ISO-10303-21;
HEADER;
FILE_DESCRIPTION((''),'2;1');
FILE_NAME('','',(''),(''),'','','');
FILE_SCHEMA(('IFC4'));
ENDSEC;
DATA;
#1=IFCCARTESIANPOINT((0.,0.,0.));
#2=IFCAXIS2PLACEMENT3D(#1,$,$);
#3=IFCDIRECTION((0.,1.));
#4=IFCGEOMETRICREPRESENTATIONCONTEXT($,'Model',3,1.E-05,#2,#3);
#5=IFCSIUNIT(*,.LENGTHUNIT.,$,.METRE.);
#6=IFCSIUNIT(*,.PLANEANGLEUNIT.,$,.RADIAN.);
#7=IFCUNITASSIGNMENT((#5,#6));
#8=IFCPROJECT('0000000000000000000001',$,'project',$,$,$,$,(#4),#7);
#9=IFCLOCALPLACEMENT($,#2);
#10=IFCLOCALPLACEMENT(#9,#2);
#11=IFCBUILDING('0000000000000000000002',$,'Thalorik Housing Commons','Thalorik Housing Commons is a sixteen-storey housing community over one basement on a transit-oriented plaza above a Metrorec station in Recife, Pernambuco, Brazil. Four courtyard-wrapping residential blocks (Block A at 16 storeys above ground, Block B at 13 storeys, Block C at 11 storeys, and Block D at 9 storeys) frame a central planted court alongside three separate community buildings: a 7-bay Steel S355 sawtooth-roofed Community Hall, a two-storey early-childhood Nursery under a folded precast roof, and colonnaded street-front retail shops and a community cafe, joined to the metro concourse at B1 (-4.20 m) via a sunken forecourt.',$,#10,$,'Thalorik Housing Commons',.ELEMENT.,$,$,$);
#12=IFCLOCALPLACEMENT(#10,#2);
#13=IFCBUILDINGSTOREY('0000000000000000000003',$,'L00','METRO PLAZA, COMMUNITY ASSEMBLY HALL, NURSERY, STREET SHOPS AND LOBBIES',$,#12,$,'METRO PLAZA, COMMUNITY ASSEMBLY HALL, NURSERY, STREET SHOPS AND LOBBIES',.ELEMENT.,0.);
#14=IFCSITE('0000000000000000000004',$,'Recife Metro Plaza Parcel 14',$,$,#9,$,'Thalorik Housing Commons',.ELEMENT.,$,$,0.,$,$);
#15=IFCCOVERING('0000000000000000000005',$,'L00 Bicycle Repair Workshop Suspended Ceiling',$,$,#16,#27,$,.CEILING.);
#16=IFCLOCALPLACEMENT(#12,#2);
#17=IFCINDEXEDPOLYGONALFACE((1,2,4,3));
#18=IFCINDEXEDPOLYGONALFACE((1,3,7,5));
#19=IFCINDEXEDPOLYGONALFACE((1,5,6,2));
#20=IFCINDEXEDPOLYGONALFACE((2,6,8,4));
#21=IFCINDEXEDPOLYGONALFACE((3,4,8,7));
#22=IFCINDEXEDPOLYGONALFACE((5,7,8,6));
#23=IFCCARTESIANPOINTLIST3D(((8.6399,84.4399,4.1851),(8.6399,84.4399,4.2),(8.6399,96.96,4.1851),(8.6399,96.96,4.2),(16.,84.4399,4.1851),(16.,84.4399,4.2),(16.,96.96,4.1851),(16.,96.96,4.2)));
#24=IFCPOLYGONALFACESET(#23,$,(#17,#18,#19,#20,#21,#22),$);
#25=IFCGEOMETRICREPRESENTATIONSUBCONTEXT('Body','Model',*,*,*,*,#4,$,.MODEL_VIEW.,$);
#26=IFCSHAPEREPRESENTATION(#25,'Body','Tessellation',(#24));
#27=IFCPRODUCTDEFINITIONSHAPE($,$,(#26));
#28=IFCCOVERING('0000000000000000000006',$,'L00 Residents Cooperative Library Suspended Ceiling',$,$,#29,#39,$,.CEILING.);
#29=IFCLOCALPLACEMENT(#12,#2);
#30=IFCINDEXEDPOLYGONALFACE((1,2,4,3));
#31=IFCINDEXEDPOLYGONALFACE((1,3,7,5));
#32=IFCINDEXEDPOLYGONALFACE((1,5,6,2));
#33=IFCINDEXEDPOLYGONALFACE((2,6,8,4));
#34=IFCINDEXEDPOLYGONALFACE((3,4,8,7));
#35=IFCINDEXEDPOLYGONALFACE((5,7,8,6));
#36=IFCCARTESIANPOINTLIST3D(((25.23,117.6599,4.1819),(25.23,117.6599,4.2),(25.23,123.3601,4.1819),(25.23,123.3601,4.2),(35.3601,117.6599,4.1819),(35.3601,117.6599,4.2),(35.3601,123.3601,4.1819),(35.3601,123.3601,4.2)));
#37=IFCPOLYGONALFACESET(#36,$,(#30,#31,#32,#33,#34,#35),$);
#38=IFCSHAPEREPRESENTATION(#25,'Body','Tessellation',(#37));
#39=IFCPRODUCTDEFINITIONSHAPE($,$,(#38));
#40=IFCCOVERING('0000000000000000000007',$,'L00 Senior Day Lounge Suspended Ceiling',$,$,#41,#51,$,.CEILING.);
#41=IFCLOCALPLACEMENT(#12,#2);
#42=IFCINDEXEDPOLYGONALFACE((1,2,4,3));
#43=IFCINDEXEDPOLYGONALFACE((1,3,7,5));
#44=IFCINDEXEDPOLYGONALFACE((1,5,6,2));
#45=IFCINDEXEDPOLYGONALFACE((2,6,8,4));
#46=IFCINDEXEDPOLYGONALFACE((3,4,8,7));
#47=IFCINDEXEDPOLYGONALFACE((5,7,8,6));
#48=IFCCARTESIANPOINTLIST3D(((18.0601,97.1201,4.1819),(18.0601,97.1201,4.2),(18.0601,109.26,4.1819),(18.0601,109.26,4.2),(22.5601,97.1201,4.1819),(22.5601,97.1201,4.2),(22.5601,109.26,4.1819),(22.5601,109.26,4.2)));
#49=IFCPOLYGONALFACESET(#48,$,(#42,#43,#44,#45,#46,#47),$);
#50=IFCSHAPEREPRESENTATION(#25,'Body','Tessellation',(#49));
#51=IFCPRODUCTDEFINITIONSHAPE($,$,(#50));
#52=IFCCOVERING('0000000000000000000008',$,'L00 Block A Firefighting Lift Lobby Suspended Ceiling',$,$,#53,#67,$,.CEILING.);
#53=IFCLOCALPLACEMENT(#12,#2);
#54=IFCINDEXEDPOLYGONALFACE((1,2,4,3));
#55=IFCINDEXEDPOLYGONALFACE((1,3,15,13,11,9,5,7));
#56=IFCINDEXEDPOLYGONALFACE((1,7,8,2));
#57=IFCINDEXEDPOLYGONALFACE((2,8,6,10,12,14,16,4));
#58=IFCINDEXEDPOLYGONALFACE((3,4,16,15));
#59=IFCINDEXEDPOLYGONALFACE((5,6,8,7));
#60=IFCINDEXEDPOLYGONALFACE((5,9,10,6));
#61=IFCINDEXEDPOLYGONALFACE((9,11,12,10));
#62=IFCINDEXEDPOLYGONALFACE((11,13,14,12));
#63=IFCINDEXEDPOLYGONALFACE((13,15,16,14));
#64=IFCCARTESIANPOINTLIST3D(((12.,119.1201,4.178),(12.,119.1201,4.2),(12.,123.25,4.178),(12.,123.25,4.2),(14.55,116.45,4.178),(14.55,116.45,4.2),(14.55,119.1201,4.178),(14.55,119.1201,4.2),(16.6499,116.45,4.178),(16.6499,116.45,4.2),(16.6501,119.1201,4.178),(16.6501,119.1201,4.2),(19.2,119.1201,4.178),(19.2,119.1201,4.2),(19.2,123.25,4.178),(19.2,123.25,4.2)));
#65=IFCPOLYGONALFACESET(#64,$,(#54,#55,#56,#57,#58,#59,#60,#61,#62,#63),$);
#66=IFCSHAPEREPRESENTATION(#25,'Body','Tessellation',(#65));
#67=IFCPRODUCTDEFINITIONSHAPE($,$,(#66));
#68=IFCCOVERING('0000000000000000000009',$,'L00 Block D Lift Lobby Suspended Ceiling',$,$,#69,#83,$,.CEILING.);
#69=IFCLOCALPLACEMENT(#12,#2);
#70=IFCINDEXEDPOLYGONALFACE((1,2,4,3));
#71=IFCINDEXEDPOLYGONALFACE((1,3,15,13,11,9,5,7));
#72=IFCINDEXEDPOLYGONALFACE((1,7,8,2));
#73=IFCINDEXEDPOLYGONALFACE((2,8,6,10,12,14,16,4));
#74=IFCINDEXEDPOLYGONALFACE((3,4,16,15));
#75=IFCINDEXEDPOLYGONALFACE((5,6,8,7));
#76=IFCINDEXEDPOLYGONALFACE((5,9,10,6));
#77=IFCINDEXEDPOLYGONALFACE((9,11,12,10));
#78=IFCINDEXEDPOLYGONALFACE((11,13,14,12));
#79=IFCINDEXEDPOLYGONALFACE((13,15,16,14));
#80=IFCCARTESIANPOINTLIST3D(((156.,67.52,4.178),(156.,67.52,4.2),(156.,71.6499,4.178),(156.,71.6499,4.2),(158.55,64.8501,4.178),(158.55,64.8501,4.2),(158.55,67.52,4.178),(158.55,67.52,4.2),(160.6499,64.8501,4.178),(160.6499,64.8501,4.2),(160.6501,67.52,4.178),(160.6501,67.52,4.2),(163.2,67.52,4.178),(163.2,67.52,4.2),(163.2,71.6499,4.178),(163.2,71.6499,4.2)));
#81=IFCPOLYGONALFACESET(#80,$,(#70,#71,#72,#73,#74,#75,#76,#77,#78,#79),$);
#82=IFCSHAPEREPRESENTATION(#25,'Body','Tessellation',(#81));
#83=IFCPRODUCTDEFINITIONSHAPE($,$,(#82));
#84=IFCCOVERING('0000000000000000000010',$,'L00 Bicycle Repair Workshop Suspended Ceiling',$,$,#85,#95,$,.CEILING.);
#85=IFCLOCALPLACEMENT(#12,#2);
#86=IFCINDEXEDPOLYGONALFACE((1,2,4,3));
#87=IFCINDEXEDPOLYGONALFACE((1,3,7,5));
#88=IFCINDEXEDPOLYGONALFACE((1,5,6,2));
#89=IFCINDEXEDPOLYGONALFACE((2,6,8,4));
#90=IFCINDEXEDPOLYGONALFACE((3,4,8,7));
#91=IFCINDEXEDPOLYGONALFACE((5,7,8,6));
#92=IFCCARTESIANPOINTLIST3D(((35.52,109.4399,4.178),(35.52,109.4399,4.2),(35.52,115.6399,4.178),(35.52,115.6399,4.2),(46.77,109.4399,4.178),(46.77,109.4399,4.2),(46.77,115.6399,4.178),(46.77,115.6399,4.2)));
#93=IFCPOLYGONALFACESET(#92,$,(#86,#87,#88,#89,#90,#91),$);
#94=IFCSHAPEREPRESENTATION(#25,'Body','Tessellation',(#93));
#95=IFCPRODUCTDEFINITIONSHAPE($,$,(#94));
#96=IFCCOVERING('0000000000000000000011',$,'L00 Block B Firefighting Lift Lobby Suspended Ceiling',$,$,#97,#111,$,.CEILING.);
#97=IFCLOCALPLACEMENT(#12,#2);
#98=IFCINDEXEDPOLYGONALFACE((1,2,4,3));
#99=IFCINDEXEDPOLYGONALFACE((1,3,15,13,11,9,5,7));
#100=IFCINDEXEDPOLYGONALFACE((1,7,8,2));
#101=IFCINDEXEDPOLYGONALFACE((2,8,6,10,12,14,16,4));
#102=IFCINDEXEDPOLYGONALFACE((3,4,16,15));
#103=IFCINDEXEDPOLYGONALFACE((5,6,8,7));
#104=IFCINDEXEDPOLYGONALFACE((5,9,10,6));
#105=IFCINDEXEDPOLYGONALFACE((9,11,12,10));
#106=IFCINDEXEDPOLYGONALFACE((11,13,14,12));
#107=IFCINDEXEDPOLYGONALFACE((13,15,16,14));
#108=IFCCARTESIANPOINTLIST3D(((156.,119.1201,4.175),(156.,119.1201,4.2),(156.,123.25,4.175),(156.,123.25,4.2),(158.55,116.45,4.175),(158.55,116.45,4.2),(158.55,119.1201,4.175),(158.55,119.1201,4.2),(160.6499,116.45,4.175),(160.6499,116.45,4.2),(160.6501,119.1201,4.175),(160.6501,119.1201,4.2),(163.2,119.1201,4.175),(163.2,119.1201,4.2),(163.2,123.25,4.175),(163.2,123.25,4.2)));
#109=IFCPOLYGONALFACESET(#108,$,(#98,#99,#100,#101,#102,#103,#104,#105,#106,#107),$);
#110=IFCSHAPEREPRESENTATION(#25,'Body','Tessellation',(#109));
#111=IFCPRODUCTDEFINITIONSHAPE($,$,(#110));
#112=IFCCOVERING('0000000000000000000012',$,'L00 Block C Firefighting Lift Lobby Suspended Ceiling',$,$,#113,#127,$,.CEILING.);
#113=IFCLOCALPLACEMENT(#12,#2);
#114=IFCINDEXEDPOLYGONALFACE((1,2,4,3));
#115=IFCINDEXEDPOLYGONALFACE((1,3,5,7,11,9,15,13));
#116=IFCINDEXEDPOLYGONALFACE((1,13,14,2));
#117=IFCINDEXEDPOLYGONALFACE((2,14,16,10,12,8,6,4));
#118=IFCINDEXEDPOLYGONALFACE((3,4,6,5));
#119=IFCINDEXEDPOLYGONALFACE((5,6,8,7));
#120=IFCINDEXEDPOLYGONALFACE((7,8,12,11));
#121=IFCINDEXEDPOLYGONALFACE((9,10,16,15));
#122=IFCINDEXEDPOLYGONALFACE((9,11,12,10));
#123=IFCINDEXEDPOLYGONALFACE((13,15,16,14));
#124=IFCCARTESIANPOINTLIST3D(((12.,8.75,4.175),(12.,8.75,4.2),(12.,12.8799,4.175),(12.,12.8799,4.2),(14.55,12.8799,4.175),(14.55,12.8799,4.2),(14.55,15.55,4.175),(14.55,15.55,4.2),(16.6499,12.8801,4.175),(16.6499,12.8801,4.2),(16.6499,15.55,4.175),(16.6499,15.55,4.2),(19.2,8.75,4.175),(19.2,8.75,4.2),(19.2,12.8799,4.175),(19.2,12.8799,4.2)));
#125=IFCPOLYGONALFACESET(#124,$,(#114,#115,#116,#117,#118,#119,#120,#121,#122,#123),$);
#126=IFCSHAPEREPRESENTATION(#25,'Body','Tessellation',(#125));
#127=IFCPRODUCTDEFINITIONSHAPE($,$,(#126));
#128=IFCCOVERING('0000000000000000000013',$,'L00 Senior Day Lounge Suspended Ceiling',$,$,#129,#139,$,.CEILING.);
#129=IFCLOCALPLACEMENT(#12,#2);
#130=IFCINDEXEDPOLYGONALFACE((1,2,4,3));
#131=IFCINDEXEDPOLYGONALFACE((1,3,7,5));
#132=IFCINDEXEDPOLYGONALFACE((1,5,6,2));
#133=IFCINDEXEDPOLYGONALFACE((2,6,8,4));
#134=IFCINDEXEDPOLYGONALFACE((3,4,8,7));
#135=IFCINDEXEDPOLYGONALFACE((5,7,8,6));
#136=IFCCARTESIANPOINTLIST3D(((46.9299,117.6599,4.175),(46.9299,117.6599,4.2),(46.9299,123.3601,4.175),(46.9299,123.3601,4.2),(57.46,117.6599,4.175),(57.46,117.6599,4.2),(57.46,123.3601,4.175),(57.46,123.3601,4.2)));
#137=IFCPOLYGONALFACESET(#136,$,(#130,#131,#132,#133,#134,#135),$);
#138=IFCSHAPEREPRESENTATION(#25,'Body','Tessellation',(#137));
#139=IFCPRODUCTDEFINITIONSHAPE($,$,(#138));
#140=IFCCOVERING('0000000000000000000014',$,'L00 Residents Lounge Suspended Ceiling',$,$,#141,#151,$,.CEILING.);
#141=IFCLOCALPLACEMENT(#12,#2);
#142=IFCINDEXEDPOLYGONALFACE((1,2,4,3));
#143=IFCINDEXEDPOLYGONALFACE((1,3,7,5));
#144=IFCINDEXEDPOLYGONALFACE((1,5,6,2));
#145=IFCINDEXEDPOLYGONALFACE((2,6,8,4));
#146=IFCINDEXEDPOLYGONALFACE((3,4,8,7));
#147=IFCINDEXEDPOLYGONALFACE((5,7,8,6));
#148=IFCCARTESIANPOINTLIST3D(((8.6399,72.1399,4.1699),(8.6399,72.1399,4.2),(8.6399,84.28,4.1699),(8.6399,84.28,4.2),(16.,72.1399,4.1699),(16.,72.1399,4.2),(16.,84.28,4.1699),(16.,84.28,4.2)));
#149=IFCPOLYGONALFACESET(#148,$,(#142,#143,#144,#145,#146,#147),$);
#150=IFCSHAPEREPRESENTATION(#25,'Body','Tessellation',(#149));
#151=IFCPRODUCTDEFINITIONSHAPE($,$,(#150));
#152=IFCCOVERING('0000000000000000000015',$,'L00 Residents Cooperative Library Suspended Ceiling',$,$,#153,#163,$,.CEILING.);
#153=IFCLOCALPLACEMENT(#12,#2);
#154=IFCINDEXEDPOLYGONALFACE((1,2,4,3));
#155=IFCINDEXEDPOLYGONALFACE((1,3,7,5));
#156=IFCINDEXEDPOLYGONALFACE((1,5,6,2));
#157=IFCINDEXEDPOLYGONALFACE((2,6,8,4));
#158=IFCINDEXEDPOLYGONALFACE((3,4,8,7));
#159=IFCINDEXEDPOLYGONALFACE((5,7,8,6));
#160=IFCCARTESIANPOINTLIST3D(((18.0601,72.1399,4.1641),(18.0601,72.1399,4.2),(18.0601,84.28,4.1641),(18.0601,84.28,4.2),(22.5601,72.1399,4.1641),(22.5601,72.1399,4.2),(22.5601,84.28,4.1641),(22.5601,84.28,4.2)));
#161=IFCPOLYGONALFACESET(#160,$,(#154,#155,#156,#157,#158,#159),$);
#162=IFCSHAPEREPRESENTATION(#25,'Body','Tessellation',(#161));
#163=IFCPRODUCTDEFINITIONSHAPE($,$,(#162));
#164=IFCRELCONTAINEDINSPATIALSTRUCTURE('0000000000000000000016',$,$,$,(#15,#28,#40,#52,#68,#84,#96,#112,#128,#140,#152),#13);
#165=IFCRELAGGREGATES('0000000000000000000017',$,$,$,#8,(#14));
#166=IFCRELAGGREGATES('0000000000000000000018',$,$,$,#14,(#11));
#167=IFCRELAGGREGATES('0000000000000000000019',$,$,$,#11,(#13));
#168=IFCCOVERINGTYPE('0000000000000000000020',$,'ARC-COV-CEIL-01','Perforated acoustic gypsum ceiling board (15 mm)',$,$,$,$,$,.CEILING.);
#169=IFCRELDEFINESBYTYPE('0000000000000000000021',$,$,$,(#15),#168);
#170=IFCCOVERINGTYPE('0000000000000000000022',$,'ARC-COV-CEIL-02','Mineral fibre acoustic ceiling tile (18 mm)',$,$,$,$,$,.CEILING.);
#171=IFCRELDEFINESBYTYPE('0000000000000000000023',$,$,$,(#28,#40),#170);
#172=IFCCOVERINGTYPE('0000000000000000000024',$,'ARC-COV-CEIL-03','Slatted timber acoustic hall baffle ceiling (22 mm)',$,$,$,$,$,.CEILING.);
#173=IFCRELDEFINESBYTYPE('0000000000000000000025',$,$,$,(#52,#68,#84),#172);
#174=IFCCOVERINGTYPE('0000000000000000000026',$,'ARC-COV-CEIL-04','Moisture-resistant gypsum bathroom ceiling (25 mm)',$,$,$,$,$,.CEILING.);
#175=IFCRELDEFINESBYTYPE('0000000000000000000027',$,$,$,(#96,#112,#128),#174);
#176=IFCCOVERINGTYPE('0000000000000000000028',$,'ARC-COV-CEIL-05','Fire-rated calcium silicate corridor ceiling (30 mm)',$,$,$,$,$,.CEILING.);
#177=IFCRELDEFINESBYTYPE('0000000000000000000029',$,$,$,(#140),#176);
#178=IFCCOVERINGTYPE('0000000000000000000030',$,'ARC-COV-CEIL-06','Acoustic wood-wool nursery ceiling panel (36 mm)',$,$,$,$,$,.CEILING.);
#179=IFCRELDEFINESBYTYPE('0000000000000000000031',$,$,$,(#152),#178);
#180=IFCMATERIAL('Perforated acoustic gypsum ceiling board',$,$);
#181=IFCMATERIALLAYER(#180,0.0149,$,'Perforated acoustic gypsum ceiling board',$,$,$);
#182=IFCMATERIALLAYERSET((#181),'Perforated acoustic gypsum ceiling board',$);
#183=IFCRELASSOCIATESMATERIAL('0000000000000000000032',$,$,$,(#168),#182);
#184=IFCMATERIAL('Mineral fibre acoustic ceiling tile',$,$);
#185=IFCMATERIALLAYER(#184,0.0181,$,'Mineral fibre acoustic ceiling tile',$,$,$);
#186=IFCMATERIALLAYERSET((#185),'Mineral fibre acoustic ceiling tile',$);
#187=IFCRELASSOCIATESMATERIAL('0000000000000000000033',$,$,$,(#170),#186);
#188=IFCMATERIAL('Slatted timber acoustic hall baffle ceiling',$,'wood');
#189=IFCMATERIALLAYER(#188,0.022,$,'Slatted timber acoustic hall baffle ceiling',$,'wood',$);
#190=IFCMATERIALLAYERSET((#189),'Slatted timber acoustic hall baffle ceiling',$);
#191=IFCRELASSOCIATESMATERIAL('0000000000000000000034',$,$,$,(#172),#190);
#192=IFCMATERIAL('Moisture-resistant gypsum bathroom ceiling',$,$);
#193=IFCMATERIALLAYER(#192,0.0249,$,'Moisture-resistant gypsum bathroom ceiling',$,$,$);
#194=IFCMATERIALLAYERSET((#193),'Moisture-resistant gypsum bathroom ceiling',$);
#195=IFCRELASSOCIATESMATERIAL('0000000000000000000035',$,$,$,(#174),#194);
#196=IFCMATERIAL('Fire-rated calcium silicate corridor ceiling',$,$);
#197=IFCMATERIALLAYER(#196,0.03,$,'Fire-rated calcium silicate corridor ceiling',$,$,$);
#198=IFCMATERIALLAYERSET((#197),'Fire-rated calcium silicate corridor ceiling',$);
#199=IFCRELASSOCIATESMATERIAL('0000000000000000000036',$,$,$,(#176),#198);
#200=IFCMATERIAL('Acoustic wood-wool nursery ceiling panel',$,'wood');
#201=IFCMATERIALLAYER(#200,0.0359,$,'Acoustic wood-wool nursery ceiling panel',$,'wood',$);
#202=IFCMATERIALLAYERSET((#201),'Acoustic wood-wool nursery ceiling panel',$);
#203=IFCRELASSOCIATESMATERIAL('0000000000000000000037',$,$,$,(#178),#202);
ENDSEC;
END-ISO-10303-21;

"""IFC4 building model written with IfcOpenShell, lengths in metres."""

from ifc_helpers import new_model, si_unit, direction, frame, origin, place, context, subcontext, project, spatial, polyline, outline, extrude, material, layer, layer_set, type_object, element, save


model = new_model("IFC4")

# Units and contexts
model_context = context("Model", 3, precision=1e-05, world=origin(), true_north=direction((0.0, 1.0)))
body_context = subcontext(model_context, "Body", "Model", "MODEL_VIEW")
ifc_project = project(units=[si_unit("LENGTHUNIT", "METRE"), si_unit("PLANEANGLEUNIT", "RADIAN")], contexts=[model_context])

# Site, building, storey
site_placement = place(None, origin())
site = spatial("IfcSite", under=ifc_project, at=site_placement, Name="Recife Metro Plaza Parcel 14", LongName="Thalorik Housing Commons", CompositionType="ELEMENT", RefElevation=0.0)
building_placement = place(site_placement, origin())
building = spatial("IfcBuilding", under=site, at=building_placement, Name="Thalorik Housing Commons", Description="Thalorik Housing Commons is a sixteen-storey housing community over one basement on a transit-oriented plaza above a Metrorec station in Recife, Pernambuco, Brazil. Four courtyard-wrapping residential blocks (Block A at 16 storeys above ground, Block B at 13 storeys, Block C at 11 storeys, and Block D at 9 storeys) frame a central planted court alongside three separate community buildings: a 7-bay Steel S355 sawtooth-roofed Community Hall, a two-storey early-childhood Nursery under a folded precast roof, and colonnaded street-front retail shops and a community cafe, joined to the metro concourse at B1 (-4.20 m) via a sunken forecourt.", LongName="Thalorik Housing Commons", CompositionType="ELEMENT")
storey_placement = place(building_placement, origin())
storey = spatial("IfcBuildingStorey", under=building, at=storey_placement, Name="L00", Description="METRO PLAZA, COMMUNITY ASSEMBLY HALL, NURSERY, STREET SHOPS AND LOBBIES", LongName="METRO PLAZA, COMMUNITY ASSEMBLY HALL, NURSERY, STREET SHOPS AND LOBBIES", CompositionType="ELEMENT", Elevation=0.0)

# Coverings
ifc_material_1 = material(Name="Perforated acoustic gypsum ceiling board")
ifc_layer_1 = layer(ifc_material_1, 0.0149, Name="Perforated acoustic gypsum ceiling board")
ifc_layer_set_1 = layer_set([ifc_layer_1], Name="Perforated acoustic gypsum ceiling board")
covering_type_1 = type_object("IfcCoveringType", Name="ARC-COV-CEIL-01", Description="Perforated acoustic gypsum ceiling board (15 mm)", PredefinedType="CEILING", material=ifc_layer_set_1)
covering_1_placement = place(storey_placement, frame((0.0, 0.0, 4.1851)))
element("IfcCovering", 1, at=covering_1_placement, inside=storey, type_object=covering_type_1, Name="L00 Bicycle Repair Workshop Suspended Ceiling", PredefinedType="CEILING", context=body_context, shape_type="SweptSolid", body=[
    extrude(outline(polyline([(16.0, 96.96), (8.6399, 96.96), (8.6399, 84.4399), (16.0, 84.4399), (16.0, 96.96)])), origin(), (0.0, 0.0, 1.0), 0.0149),
])
ifc_material_2 = material(Name="Mineral fibre acoustic ceiling tile")
ifc_layer_2 = layer(ifc_material_2, 0.0181, Name="Mineral fibre acoustic ceiling tile")
ifc_layer_set_2 = layer_set([ifc_layer_2], Name="Mineral fibre acoustic ceiling tile")
covering_type_2 = type_object("IfcCoveringType", Name="ARC-COV-CEIL-02", Description="Mineral fibre acoustic ceiling tile (18 mm)", PredefinedType="CEILING", material=ifc_layer_set_2)
covering_2_placement = place(storey_placement, frame((0.0, 0.0, 4.1819)))
element("IfcCovering", 2, at=covering_2_placement, inside=storey, type_object=covering_type_2, Name="L00 Residents Cooperative Library Suspended Ceiling", PredefinedType="CEILING", context=body_context, shape_type="SweptSolid", body=[
    extrude(outline(polyline([(35.3601, 117.6599), (35.3601, 123.3601), (25.23, 123.3601), (25.23, 117.6599), (35.3601, 117.6599)])), origin(), (0.0, 0.0, 1.0), 0.0181),
])
covering_3_placement = place(storey_placement, frame((0.0, 0.0, 4.1819)))
element("IfcCovering", 3, at=covering_3_placement, inside=storey, type_object=covering_type_2, Name="L00 Senior Day Lounge Suspended Ceiling", PredefinedType="CEILING", context=body_context, shape_type="SweptSolid", body=[
    extrude(outline(polyline([(22.5601, 109.26), (18.0601, 109.26), (18.0601, 97.1201), (22.5601, 97.1201), (22.5601, 109.26)])), origin(), (0.0, 0.0, 1.0), 0.0181),
])
ifc_material_3 = material(Name="Slatted timber acoustic hall baffle ceiling", Category="wood")
ifc_layer_3 = layer(ifc_material_3, 0.022, Name="Slatted timber acoustic hall baffle ceiling", Category="wood")
ifc_layer_set_3 = layer_set([ifc_layer_3], Name="Slatted timber acoustic hall baffle ceiling")
covering_type_3 = type_object("IfcCoveringType", Name="ARC-COV-CEIL-03", Description="Slatted timber acoustic hall baffle ceiling (22 mm)", PredefinedType="CEILING", material=ifc_layer_set_3)
covering_4_placement = place(storey_placement, frame((0.0, 0.0, 4.178)))
element("IfcCovering", 4, at=covering_4_placement, inside=storey, type_object=covering_type_3, Name="L00 Block A Firefighting Lift Lobby Suspended Ceiling", PredefinedType="CEILING", context=body_context, shape_type="SweptSolid", body=[
    extrude(outline(polyline([(14.55, 116.45), (16.6499, 116.45), (16.6501, 119.1201), (19.2, 119.1201), (19.2, 123.25), (12.0, 123.25), (12.0, 119.1201), (14.55, 119.1201), (14.55, 116.45)])), origin(), (0.0, 0.0, 1.0), 0.022),
])
covering_5_placement = place(storey_placement, frame((0.0, 0.0, 4.178)))
element("IfcCovering", 5, at=covering_5_placement, inside=storey, type_object=covering_type_3, Name="L00 Block D Lift Lobby Suspended Ceiling", PredefinedType="CEILING", context=body_context, shape_type="SweptSolid", body=[
    extrude(outline(polyline([(158.55, 64.8501), (160.6499, 64.8501), (160.6501, 67.52), (163.2, 67.52), (163.2, 71.6499), (156.0, 71.6499), (156.0, 67.52), (158.55, 67.52), (158.55, 64.8501)])), origin(), (0.0, 0.0, 1.0), 0.022),
])
covering_6_placement = place(storey_placement, frame((0.0, 0.0, 4.178)))
element("IfcCovering", 6, at=covering_6_placement, inside=storey, type_object=covering_type_3, Name="L00 Bicycle Repair Workshop Suspended Ceiling", PredefinedType="CEILING", context=body_context, shape_type="SweptSolid", body=[
    extrude(outline(polyline([(46.77, 109.4399), (46.77, 115.6399), (35.52, 115.6399), (35.52, 109.4399), (46.77, 109.4399)])), origin(), (0.0, 0.0, 1.0), 0.022),
])
ifc_material_4 = material(Name="Moisture-resistant gypsum bathroom ceiling")
ifc_layer_4 = layer(ifc_material_4, 0.0249, Name="Moisture-resistant gypsum bathroom ceiling")
ifc_layer_set_4 = layer_set([ifc_layer_4], Name="Moisture-resistant gypsum bathroom ceiling")
covering_type_4 = type_object("IfcCoveringType", Name="ARC-COV-CEIL-04", Description="Moisture-resistant gypsum bathroom ceiling (25 mm)", PredefinedType="CEILING", material=ifc_layer_set_4)
covering_7_placement = place(storey_placement, frame((0.0, 0.0, 4.175)))
element("IfcCovering", 7, at=covering_7_placement, inside=storey, type_object=covering_type_4, Name="L00 Block B Firefighting Lift Lobby Suspended Ceiling", PredefinedType="CEILING", context=body_context, shape_type="SweptSolid", body=[
    extrude(outline(polyline([(158.55, 116.45), (160.6499, 116.45), (160.6501, 119.1201), (163.2, 119.1201), (163.2, 123.25), (156.0, 123.25), (156.0, 119.1201), (158.55, 119.1201), (158.55, 116.45)])), origin(), (0.0, 0.0, 1.0), 0.0249),
])
covering_8_placement = place(storey_placement, frame((0.0, 0.0, 4.175)))
element("IfcCovering", 8, at=covering_8_placement, inside=storey, type_object=covering_type_4, Name="L00 Block C Firefighting Lift Lobby Suspended Ceiling", PredefinedType="CEILING", context=body_context, shape_type="SweptSolid", body=[
    extrude(outline(polyline([(12.0, 12.8799), (12.0, 8.75), (19.2, 8.75), (19.2, 12.8799), (16.6499, 12.8801), (16.6499, 15.55), (14.55, 15.55), (14.55, 12.8799), (12.0, 12.8799)])), origin(), (0.0, 0.0, 1.0), 0.0249),
])
covering_9_placement = place(storey_placement, frame((0.0, 0.0, 4.175)))
element("IfcCovering", 9, at=covering_9_placement, inside=storey, type_object=covering_type_4, Name="L00 Senior Day Lounge Suspended Ceiling", PredefinedType="CEILING", context=body_context, shape_type="SweptSolid", body=[
    extrude(outline(polyline([(57.46, 117.6599), (57.46, 123.3601), (46.9299, 123.3601), (46.9299, 117.6599), (57.46, 117.6599)])), origin(), (0.0, 0.0, 1.0), 0.0249),
])
ifc_material_5 = material(Name="Fire-rated calcium silicate corridor ceiling")
ifc_layer_5 = layer(ifc_material_5, 0.03, Name="Fire-rated calcium silicate corridor ceiling")
ifc_layer_set_5 = layer_set([ifc_layer_5], Name="Fire-rated calcium silicate corridor ceiling")
covering_type_5 = type_object("IfcCoveringType", Name="ARC-COV-CEIL-05", Description="Fire-rated calcium silicate corridor ceiling (30 mm)", PredefinedType="CEILING", material=ifc_layer_set_5)
covering_10_placement = place(storey_placement, frame((0.0, 0.0, 4.1699)))
element("IfcCovering", 10, at=covering_10_placement, inside=storey, type_object=covering_type_5, Name="L00 Residents Lounge Suspended Ceiling", PredefinedType="CEILING", context=body_context, shape_type="SweptSolid", body=[
    extrude(outline(polyline([(16.0, 84.28), (8.6399, 84.28), (8.6399, 72.1399), (16.0, 72.1399), (16.0, 84.28)])), origin(), (0.0, 0.0, 1.0), 0.03),
])
ifc_material_6 = material(Name="Acoustic wood-wool nursery ceiling panel", Category="wood")
ifc_layer_6 = layer(ifc_material_6, 0.0359, Name="Acoustic wood-wool nursery ceiling panel", Category="wood")
ifc_layer_set_6 = layer_set([ifc_layer_6], Name="Acoustic wood-wool nursery ceiling panel")
covering_type_6 = type_object("IfcCoveringType", Name="ARC-COV-CEIL-06", Description="Acoustic wood-wool nursery ceiling panel (36 mm)", PredefinedType="CEILING", material=ifc_layer_set_6)
covering_11_placement = place(storey_placement, frame((0.0, 0.0, 4.1641)))
element("IfcCovering", 11, at=covering_11_placement, inside=storey, type_object=covering_type_6, Name="L00 Residents Cooperative Library Suspended Ceiling", PredefinedType="CEILING", context=body_context, shape_type="SweptSolid", body=[
    extrude(outline(polyline([(22.5601, 84.28), (18.0601, 84.28), (18.0601, 72.1399), (22.5601, 72.1399), (22.5601, 84.28)])), origin(), (0.0, 0.0, 1.0), 0.0359),
])

save(model, "model.ifc")
